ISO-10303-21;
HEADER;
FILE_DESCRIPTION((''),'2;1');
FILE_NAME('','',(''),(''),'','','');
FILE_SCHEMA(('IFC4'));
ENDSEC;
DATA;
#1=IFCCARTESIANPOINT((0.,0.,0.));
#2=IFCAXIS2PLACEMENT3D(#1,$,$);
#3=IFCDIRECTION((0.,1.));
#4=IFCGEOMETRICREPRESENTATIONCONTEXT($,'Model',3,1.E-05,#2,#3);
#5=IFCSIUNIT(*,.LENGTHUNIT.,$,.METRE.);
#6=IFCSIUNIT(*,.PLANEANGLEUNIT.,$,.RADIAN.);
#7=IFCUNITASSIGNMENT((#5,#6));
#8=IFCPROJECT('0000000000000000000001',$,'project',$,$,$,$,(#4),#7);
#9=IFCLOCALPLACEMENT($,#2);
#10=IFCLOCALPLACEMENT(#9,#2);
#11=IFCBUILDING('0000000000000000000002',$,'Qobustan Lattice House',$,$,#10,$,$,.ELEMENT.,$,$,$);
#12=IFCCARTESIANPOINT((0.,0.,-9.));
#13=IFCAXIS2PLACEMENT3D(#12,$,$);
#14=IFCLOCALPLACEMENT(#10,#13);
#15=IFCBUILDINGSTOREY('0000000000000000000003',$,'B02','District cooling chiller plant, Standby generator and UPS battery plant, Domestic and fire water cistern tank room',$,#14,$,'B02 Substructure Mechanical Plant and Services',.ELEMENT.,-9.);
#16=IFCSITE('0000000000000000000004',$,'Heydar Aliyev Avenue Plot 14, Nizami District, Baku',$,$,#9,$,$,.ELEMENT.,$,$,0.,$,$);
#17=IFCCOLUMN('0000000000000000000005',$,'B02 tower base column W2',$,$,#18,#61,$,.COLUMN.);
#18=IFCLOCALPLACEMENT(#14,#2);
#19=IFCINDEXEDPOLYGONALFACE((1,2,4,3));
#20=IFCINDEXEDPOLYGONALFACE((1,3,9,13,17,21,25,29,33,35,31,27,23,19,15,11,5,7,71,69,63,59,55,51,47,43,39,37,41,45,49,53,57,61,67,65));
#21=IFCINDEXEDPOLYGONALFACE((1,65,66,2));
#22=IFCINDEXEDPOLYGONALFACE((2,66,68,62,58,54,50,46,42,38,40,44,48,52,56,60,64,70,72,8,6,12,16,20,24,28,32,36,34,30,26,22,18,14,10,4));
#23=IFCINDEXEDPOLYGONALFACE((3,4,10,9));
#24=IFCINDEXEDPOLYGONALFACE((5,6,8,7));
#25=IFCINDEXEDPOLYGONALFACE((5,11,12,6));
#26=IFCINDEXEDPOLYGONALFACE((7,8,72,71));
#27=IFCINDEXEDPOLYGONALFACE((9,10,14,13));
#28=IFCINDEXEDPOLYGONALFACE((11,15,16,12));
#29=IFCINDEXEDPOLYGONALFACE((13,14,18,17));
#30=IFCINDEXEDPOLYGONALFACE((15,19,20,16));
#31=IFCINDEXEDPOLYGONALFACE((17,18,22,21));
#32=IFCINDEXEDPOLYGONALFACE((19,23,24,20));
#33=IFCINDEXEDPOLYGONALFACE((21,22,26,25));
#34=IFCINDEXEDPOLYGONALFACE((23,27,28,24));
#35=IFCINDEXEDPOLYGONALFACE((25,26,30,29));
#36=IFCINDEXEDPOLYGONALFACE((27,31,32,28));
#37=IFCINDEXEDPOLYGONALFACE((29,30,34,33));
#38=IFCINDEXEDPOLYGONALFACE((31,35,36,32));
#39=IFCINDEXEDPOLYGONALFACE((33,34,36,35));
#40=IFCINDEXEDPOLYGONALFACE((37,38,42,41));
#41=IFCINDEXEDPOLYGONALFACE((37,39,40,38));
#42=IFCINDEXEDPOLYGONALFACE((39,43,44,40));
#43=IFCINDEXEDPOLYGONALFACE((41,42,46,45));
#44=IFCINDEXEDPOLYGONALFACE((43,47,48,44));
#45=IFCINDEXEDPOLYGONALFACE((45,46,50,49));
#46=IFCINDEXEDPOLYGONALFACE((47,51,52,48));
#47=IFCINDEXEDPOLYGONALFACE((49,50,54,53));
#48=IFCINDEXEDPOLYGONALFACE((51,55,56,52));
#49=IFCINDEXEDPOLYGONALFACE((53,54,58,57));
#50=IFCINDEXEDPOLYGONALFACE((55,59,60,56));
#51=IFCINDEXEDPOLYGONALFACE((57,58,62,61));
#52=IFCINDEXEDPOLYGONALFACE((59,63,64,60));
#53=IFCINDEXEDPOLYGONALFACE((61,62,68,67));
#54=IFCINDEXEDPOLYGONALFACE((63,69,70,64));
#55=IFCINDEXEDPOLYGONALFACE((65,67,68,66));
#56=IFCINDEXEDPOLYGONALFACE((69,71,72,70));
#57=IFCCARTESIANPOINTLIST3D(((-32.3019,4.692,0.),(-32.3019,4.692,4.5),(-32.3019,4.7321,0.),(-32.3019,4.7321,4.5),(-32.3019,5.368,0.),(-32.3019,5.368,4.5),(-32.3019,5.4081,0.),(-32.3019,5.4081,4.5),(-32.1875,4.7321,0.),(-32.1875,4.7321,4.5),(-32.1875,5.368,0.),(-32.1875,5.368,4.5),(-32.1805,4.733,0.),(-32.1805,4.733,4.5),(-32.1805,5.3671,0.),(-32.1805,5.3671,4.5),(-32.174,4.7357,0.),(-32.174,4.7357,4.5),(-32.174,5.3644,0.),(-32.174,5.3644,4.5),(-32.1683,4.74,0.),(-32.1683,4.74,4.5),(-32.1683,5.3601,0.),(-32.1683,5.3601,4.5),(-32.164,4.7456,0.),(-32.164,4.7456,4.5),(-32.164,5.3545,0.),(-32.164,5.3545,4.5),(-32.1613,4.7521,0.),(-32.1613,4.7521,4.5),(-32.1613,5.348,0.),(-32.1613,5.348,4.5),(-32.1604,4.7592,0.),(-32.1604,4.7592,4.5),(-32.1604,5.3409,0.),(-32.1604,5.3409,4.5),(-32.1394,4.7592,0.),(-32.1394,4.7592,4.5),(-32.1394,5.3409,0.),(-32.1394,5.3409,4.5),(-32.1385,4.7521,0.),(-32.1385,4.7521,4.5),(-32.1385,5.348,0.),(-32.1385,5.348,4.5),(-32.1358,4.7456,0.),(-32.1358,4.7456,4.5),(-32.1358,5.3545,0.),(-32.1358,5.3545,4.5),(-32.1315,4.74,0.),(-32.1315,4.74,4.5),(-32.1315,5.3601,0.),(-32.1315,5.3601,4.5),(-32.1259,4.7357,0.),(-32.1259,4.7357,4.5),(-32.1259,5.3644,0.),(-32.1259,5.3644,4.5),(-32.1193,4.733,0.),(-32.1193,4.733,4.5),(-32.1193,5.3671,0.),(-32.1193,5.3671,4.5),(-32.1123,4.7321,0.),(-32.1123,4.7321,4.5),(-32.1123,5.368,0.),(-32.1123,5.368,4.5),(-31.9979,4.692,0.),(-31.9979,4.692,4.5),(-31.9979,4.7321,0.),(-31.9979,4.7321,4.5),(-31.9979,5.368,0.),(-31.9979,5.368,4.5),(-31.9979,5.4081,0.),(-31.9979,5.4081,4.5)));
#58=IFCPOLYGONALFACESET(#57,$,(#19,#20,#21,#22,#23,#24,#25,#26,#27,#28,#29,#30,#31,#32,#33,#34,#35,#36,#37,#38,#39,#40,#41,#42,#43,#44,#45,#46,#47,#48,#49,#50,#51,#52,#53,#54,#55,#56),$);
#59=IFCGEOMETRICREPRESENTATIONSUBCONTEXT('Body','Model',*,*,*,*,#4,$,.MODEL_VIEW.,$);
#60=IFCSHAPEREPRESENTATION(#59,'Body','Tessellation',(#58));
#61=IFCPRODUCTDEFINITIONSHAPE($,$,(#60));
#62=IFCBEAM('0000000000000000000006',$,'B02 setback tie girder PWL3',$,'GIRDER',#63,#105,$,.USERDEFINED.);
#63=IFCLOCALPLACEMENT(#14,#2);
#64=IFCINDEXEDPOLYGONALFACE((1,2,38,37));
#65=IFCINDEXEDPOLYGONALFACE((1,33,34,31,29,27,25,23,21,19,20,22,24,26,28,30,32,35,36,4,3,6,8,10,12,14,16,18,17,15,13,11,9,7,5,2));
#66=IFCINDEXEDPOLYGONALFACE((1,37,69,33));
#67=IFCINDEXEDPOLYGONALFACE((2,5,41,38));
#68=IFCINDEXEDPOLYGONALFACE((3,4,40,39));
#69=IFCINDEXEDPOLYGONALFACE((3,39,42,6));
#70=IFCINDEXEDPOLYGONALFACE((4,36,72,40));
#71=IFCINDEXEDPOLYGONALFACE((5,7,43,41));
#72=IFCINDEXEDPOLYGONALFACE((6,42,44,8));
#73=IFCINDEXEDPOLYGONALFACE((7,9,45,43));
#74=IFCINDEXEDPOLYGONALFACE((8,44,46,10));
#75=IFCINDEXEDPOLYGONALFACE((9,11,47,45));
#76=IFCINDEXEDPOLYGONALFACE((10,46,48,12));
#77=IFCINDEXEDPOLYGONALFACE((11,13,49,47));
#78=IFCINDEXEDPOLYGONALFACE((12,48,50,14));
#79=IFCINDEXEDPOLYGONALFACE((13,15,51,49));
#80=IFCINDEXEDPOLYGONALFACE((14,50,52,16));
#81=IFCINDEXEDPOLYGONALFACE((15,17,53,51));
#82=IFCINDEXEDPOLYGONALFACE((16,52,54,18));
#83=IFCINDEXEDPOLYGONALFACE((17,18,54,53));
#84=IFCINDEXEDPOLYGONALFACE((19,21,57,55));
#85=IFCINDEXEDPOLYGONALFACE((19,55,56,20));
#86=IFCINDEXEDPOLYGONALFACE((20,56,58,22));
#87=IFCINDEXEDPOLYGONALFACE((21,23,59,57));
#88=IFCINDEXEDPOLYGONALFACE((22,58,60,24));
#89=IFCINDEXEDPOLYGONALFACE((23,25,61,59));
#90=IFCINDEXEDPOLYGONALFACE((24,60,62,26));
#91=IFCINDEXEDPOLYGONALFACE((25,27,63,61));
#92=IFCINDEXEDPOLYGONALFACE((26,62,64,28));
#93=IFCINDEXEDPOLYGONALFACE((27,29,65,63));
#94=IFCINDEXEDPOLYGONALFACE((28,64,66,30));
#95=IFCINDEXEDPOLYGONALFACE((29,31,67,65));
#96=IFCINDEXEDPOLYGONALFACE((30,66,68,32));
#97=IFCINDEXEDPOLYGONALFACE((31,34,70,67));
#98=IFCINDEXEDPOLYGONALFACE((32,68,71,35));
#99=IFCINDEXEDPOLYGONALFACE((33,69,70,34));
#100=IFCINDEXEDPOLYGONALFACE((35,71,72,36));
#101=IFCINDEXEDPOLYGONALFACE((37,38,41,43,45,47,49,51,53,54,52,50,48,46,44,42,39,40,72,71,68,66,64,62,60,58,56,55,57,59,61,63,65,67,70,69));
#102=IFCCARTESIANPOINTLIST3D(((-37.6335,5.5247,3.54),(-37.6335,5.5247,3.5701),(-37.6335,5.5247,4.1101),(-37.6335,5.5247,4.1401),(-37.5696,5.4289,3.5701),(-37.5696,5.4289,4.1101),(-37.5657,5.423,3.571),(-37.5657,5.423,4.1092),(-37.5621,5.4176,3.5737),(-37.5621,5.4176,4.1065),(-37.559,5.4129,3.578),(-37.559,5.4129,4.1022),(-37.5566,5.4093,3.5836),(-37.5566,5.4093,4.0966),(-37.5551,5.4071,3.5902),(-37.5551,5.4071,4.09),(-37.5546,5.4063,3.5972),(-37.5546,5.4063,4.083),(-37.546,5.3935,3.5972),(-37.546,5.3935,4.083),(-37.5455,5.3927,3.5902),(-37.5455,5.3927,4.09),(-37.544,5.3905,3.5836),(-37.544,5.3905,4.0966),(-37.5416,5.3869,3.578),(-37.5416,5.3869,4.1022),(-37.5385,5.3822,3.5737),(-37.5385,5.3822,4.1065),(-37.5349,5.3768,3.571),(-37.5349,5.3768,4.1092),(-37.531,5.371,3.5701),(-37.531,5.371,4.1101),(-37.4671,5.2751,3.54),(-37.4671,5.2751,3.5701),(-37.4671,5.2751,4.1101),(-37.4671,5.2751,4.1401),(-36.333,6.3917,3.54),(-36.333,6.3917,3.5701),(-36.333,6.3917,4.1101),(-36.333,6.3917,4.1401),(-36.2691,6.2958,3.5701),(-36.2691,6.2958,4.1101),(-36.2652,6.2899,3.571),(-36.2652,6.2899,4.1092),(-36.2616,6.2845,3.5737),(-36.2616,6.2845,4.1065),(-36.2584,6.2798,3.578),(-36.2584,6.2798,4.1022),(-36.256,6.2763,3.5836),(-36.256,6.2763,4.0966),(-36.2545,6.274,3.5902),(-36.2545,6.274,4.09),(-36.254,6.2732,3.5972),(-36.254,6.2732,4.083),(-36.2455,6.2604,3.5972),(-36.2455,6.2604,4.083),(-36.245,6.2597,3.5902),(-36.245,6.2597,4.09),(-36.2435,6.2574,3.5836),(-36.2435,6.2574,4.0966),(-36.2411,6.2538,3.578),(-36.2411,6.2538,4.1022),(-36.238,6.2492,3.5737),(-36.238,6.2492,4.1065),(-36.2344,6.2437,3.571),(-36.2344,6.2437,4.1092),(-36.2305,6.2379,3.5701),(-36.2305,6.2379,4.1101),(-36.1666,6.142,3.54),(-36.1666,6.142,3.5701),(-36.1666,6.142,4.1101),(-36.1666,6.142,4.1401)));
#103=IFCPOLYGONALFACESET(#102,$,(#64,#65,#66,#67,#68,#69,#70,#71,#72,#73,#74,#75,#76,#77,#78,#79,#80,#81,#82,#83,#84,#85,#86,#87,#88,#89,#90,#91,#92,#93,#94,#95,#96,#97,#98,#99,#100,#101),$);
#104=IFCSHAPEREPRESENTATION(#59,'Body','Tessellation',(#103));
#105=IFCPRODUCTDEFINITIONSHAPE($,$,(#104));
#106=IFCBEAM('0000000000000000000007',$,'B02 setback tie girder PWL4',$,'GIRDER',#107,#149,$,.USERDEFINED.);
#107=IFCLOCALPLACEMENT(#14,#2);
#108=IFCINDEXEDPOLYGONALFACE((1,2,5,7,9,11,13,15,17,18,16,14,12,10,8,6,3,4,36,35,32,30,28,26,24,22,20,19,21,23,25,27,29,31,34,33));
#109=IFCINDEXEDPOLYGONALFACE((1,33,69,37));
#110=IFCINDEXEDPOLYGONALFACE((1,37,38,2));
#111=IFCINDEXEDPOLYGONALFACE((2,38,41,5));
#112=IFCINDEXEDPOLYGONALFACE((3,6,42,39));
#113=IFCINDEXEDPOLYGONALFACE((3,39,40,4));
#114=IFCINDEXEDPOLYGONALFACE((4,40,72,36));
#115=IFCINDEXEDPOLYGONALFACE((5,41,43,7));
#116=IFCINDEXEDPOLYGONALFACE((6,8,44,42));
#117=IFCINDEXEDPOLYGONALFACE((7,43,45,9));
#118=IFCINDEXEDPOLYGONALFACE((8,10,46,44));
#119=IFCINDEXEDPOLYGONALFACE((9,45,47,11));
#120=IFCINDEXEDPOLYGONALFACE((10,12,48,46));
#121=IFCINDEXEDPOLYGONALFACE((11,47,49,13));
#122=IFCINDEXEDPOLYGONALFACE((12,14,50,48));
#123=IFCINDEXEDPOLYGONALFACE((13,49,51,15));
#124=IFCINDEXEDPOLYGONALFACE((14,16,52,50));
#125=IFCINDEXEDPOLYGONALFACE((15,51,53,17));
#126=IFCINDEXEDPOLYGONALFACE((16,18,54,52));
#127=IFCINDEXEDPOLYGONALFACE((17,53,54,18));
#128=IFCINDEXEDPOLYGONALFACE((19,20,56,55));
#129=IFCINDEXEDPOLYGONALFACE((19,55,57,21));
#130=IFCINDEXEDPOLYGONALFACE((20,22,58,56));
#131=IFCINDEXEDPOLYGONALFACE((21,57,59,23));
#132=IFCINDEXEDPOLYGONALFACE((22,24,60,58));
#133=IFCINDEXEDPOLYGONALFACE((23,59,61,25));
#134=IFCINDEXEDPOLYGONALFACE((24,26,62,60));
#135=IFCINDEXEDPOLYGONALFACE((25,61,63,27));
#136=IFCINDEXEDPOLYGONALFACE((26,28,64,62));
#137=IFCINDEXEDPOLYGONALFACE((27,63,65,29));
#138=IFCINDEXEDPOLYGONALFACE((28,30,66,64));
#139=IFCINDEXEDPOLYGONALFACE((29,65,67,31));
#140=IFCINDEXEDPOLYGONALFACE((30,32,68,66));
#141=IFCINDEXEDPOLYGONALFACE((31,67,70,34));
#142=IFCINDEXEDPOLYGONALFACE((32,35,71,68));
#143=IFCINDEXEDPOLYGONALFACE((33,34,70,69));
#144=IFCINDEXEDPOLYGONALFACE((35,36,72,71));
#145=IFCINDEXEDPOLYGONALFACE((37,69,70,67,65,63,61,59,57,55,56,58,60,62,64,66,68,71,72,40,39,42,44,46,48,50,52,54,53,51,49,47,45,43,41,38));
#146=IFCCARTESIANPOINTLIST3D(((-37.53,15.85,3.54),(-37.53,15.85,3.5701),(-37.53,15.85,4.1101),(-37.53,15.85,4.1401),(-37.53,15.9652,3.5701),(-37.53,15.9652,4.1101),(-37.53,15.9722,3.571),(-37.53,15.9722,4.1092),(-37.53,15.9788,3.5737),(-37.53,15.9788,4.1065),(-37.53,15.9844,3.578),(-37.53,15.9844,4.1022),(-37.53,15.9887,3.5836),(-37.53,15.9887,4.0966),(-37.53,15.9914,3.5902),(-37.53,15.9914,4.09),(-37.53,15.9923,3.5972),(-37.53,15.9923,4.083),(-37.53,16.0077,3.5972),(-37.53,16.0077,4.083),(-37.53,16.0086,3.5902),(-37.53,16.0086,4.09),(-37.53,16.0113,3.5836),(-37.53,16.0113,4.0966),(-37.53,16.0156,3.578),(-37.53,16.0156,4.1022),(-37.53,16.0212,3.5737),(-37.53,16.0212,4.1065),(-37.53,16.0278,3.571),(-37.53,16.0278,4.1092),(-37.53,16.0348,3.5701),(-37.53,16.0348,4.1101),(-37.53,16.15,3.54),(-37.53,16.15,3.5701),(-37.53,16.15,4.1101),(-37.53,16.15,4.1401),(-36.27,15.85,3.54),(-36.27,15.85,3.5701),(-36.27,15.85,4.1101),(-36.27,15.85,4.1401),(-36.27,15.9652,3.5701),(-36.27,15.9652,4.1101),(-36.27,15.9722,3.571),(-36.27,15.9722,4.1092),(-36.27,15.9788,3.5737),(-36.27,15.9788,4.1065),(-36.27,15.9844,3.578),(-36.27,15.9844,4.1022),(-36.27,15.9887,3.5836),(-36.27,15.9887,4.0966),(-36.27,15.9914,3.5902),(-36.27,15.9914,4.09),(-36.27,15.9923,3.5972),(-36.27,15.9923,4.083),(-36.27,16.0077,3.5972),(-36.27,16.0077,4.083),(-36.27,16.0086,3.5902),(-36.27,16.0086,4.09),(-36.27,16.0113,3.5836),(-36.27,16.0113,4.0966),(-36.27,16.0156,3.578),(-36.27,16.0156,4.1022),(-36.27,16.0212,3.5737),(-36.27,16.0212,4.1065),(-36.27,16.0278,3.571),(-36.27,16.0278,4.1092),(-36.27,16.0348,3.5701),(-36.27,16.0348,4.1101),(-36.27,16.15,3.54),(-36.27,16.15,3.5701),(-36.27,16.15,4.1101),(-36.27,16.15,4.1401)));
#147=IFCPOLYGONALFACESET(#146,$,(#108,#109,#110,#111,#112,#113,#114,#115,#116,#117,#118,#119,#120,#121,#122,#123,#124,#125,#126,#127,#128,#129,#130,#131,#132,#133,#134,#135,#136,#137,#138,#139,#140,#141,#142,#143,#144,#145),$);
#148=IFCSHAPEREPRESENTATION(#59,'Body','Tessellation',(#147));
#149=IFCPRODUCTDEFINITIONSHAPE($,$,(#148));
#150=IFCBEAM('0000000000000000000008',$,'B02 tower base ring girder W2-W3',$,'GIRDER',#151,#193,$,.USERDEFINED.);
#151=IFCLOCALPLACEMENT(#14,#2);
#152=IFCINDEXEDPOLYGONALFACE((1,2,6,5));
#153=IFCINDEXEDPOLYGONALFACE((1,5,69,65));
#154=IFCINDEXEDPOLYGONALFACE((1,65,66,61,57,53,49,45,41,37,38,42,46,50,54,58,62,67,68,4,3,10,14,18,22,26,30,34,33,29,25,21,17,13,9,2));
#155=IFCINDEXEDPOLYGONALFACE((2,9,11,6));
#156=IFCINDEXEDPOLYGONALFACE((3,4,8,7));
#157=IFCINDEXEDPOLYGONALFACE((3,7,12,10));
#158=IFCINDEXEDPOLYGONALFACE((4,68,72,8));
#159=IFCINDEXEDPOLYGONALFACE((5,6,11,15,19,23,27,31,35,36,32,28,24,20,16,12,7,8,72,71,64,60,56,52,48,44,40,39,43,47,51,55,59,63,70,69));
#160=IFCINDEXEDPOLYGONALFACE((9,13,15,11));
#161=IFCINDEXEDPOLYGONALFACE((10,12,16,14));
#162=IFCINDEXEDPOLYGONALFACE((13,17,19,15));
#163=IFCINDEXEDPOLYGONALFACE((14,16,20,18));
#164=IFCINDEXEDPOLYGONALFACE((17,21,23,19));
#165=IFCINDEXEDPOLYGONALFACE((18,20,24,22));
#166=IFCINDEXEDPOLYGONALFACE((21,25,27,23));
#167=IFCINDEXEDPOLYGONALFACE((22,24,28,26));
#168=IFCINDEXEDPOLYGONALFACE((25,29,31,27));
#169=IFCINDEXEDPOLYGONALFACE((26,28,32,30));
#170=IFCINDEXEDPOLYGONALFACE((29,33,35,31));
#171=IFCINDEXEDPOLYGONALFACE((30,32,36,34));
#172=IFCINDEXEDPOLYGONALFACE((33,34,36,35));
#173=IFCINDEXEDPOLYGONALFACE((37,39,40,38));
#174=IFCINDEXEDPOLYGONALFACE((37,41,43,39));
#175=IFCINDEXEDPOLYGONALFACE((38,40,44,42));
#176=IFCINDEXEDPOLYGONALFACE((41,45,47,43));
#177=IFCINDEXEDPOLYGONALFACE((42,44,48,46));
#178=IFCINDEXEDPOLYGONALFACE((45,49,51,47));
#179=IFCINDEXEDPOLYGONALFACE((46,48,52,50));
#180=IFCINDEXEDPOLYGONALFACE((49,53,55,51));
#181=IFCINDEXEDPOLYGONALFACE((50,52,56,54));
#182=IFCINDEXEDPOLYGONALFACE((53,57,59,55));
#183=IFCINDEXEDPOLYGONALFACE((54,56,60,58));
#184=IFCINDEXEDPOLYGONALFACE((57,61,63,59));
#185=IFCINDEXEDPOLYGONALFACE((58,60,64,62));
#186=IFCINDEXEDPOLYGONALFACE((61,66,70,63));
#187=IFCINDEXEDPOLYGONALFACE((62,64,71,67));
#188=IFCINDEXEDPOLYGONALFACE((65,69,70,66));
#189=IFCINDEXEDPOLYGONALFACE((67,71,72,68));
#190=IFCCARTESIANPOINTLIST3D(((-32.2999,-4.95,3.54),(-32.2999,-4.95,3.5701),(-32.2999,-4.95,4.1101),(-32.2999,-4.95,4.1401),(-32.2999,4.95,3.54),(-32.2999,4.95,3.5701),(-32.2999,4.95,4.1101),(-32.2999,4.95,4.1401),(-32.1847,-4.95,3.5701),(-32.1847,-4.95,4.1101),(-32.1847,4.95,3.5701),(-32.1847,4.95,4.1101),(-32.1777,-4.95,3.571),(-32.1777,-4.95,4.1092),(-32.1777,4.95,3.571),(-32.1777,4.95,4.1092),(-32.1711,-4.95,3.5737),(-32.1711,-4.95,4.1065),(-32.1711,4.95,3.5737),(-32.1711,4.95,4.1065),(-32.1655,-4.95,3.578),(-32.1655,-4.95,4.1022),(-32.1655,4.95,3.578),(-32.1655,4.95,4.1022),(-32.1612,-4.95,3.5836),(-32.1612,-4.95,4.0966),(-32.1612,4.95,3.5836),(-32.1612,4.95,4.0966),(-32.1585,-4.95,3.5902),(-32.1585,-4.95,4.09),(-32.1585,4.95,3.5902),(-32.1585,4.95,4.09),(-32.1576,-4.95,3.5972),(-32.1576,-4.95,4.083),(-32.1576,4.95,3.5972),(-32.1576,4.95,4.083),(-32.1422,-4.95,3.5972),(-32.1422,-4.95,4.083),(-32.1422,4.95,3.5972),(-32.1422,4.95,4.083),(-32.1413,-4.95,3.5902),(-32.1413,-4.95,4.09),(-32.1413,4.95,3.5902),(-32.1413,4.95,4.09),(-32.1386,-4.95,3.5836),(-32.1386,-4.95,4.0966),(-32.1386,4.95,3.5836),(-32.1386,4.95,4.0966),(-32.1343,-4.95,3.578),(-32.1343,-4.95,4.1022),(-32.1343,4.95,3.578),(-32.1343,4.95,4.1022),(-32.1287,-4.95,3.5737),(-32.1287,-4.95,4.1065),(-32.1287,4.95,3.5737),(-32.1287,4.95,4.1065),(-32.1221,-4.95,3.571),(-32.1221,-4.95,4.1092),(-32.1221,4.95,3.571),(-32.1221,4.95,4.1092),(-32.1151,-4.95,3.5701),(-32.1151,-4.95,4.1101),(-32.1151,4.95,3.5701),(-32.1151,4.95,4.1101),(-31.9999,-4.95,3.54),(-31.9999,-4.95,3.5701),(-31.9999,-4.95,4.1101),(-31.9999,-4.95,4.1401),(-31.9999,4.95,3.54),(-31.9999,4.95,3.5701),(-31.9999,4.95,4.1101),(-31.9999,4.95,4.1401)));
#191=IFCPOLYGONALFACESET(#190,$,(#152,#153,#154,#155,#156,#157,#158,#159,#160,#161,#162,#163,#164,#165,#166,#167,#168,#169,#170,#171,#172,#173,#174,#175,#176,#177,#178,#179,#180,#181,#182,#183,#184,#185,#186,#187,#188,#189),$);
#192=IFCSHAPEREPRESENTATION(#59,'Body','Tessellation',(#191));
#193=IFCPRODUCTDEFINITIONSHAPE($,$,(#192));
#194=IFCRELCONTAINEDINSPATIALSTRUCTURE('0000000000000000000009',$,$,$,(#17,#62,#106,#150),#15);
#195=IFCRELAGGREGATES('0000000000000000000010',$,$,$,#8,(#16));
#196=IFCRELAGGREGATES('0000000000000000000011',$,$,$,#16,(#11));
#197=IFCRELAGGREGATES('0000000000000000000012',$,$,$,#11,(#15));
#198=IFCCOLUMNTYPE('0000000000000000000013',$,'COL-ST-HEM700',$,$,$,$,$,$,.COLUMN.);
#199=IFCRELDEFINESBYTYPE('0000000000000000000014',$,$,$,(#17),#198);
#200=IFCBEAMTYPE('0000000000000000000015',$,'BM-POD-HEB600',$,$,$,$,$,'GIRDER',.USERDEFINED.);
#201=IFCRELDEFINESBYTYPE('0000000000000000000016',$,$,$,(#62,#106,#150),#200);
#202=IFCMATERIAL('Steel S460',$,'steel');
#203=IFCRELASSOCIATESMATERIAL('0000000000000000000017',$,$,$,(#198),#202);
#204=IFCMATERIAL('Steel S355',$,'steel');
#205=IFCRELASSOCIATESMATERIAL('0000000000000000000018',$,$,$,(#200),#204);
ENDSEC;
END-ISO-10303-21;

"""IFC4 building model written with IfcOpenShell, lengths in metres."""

from ifc_helpers import new_model, si_unit, direction, frame, origin, origin_2d, place, context, subcontext, project, spatial, i_section, extrude, material, material_profile, profile_set, type_object, element, save


model = new_model("IFC4")

# Units and contexts
model_context = context("Model", 3, precision=1e-05, world=origin(), true_north=direction((0.0, 1.0)))
body_context = subcontext(model_context, "Body", "Model", "MODEL_VIEW")
ifc_project = project(units=[si_unit("LENGTHUNIT", "METRE"), si_unit("PLANEANGLEUNIT", "RADIAN")], contexts=[model_context])

# Site, building, storey
site_placement = place(None, origin())
site = spatial("IfcSite", under=ifc_project, at=site_placement, Name="Heydar Aliyev Avenue Plot 14, Nizami District, Baku", CompositionType="ELEMENT", RefElevation=0.0)
building_placement = place(site_placement, origin())
building = spatial("IfcBuilding", under=site, at=building_placement, Name="Qobustan Lattice House", CompositionType="ELEMENT")
storey_placement = place(building_placement, frame((0.0, 0.0, -9.0)))
storey = spatial("IfcBuildingStorey", under=building, at=storey_placement, Name="B02", Description="District cooling chiller plant, Standby generator and UPS battery plant, Domestic and fire water cistern tank room", LongName="B02 Substructure Mechanical Plant and Services", CompositionType="ELEMENT", Elevation=-9.0)

# Column
ifc_material_1 = material(Name="Steel S460", Category="steel")
ifc_material_profile_1 = material_profile(ifc_material_1, i_section(OverallWidth=0.304, OverallDepth=0.7161, WebThickness=0.021, FlangeThickness=0.04, FilletRadius=0.0271, at=origin_2d()), Name="HEM700")
ifc_profile_set_1 = profile_set([ifc_material_profile_1], Name="Steel S460")
column_type_1 = type_object("IfcColumnType", Name="COL-ST-HEM700", PredefinedType="COLUMN", material=ifc_profile_set_1)
column_1_placement = place(storey_placement, frame((-32.1499, 5.05, 0.0), z_axis=(0.0, 0.0, 1.0), x_axis=(1.0, 0.0, 0.0)))
element("IfcColumn", 1, at=column_1_placement, inside=storey, type_object=column_type_1, Name="B02 tower base column W2", PredefinedType="COLUMN", context=body_context, shape_type="SweptSolid", body=[
    extrude(i_section(OverallWidth=0.304, OverallDepth=0.7161, WebThickness=0.021, FlangeThickness=0.04, FilletRadius=0.0271, at=origin_2d()), origin(), (0.0, 0.0, 1.0), 4.5),
])

# Beams
ifc_material_2 = material(Name="Steel S355", Category="steel")
ifc_material_profile_2 = material_profile(ifc_material_2, i_section(OverallWidth=0.3, OverallDepth=0.6001, WebThickness=0.0154, FlangeThickness=0.03, FilletRadius=0.0271, at=origin_2d()), Name="HEB600")
ifc_profile_set_2 = profile_set([ifc_material_profile_2], Name="Steel S355")
beam_type_1 = type_object("IfcBeamType", Name="BM-POD-HEB600", ElementType="GIRDER", PredefinedType="USERDEFINED", material=ifc_profile_set_2)
beam_1_placement = place(storey_placement, frame((-37.5503, 5.3999, 3.8401), z_axis=(0.832074, 0.554664, 0.0), x_axis=(-0.554664, 0.832074, 0.0)))
element("IfcBeam", 2, at=beam_1_placement, inside=storey, type_object=beam_type_1, Name="B02 setback tie girder PWL3", ObjectType="GIRDER", PredefinedType="USERDEFINED", context=body_context, shape_type="SweptSolid", body=[
    extrude(i_section(OverallWidth=0.3, OverallDepth=0.6001, WebThickness=0.0154, FlangeThickness=0.03, FilletRadius=0.0271, at=origin_2d()), origin(), (0.0, 0.0, 1.0), 1.563),
])
beam_2_placement = place(storey_placement, frame((-37.53, 16.0, 3.8401), z_axis=(1.0, 0.0, 0.0), x_axis=(0.0, 1.0, 0.0)))
element("IfcBeam", 3, at=beam_2_placement, inside=storey, type_object=beam_type_1, Name="B02 setback tie girder PWL4", ObjectType="GIRDER", PredefinedType="USERDEFINED", context=body_context, shape_type="SweptSolid", body=[
    extrude(i_section(OverallWidth=0.3, OverallDepth=0.6001, WebThickness=0.0154, FlangeThickness=0.03, FilletRadius=0.0271, at=origin_2d()), origin(), (0.0, 0.0, 1.0), 1.26),
])
beam_3_placement = place(storey_placement, frame((-32.1499, 4.95, 3.8401), z_axis=(0.0, -1.0, 0.0), x_axis=(1.0, 0.0, 0.0)))
element("IfcBeam", 4, at=beam_3_placement, inside=storey, type_object=beam_type_1, Name="B02 tower base ring girder W2-W3", ObjectType="GIRDER", PredefinedType="USERDEFINED", context=body_context, shape_type="SweptSolid", body=[
    extrude(i_section(OverallWidth=0.3, OverallDepth=0.6001, WebThickness=0.0154, FlangeThickness=0.03, FilletRadius=0.0271, at=origin_2d()), origin(), (0.0, 0.0, 1.0), 9.8999),
])

save(model, "model.ifc")
